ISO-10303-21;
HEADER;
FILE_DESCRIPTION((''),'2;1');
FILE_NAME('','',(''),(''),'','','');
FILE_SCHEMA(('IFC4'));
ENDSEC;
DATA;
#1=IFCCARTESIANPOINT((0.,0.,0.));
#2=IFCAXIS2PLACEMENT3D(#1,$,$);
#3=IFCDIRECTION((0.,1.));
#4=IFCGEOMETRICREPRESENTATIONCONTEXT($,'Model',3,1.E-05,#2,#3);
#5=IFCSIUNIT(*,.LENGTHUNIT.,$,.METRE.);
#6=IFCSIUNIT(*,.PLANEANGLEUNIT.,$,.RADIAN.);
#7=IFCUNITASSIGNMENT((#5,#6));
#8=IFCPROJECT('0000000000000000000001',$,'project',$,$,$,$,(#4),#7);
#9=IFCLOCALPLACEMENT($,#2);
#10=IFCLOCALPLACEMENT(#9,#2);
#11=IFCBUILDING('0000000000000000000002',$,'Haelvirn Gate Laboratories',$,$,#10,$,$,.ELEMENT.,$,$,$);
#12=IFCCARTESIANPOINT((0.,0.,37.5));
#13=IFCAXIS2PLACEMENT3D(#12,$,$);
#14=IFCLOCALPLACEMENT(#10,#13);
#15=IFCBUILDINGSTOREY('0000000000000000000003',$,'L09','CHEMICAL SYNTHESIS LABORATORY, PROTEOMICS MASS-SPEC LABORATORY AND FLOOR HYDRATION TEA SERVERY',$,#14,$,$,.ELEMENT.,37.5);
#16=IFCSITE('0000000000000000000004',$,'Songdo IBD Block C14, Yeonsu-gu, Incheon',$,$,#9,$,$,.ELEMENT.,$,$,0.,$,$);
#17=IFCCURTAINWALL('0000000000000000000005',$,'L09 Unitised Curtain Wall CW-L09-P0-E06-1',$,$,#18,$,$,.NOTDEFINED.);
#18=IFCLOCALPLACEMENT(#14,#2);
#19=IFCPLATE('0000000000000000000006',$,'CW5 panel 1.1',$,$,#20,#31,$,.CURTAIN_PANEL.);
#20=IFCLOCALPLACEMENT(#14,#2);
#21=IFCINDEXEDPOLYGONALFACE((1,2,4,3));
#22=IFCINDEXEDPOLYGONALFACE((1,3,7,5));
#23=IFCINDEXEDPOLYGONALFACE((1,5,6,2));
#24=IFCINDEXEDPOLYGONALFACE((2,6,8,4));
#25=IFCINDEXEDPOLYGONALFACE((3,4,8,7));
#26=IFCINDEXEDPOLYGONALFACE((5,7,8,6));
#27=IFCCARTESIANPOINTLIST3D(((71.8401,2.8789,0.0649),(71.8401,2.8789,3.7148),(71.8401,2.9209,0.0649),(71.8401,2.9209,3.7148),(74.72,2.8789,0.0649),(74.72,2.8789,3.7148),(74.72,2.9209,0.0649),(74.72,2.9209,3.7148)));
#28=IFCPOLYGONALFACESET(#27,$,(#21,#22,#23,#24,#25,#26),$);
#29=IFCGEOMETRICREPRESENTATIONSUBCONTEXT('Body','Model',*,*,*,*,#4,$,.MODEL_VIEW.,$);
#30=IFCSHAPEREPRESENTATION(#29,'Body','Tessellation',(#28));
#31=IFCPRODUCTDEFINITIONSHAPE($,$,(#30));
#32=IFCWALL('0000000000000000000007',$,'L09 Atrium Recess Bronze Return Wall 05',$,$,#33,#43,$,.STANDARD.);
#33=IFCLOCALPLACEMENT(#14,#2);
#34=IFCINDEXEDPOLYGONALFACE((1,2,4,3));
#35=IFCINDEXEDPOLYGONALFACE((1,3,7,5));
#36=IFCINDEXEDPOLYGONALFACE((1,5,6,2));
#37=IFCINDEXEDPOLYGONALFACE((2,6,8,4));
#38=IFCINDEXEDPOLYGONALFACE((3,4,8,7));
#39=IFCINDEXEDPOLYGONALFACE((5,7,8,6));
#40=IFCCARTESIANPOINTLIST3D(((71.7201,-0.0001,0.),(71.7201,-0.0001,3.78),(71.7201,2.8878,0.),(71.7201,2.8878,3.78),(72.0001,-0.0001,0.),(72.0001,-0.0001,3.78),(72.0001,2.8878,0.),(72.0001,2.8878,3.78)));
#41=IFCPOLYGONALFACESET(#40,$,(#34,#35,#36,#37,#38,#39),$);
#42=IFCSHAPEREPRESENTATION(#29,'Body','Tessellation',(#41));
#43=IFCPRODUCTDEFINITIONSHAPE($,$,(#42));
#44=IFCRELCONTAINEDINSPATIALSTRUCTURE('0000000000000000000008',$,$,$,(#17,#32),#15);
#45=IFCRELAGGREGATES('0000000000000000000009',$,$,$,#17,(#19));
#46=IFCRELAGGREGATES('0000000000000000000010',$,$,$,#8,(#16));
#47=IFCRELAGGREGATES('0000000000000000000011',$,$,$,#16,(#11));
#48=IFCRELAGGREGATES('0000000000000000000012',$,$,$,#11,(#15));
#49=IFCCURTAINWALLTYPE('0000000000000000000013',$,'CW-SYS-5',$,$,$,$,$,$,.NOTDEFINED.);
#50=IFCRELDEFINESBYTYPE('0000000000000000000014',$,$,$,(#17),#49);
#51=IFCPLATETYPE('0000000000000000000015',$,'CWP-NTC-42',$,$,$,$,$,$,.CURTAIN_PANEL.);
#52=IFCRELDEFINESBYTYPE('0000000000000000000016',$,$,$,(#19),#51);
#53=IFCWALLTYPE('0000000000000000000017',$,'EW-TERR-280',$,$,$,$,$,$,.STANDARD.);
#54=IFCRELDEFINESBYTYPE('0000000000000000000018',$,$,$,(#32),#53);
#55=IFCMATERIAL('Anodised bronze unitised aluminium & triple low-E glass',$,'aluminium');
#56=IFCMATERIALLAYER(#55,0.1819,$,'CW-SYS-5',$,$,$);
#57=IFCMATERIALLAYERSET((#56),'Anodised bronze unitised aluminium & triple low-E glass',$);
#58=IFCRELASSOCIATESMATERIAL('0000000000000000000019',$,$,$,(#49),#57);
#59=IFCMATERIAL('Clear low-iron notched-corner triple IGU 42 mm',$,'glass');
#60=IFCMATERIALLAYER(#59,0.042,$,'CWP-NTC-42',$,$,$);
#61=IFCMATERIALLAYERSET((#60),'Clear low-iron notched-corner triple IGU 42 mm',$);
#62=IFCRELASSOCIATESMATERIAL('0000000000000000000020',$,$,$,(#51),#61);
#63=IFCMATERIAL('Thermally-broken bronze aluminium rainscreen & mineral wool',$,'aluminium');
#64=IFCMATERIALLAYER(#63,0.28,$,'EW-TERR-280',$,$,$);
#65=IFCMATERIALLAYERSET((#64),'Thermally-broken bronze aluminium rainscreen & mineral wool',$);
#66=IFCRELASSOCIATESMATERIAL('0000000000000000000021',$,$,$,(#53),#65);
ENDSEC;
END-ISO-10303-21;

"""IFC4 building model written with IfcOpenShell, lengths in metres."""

from ifc_helpers import new_model, si_unit, direction, frame, frame_2d, origin, origin_2d, place, context, subcontext, project, spatial, rectangle, extrude, source, transform, mapped, material, layer, layer_set, type_object, type_shapes, element, aggregate, save


model = new_model("IFC4")

# Units and contexts
model_context = context("Model", 3, precision=1e-05, world=origin(), true_north=direction((0.0, 1.0)))
body_context = subcontext(model_context, "Body", "Model", "MODEL_VIEW")
ifc_project = project(units=[si_unit("LENGTHUNIT", "METRE"), si_unit("PLANEANGLEUNIT", "RADIAN")], contexts=[model_context])

# Site, building, storey
site_placement = place(None, origin())
site = spatial("IfcSite", under=ifc_project, at=site_placement, Name="Songdo IBD Block C14, Yeonsu-gu, Incheon", CompositionType="ELEMENT", RefElevation=0.0)
building_placement = place(site_placement, origin())
building = spatial("IfcBuilding", under=site, at=building_placement, Name="Haelvirn Gate Laboratories", CompositionType="ELEMENT")
storey_placement = place(building_placement, frame((0.0, 0.0, 37.5)))
storey = spatial("IfcBuildingStorey", under=building, at=storey_placement, Name="L09", Description="CHEMICAL SYNTHESIS LABORATORY, PROTEOMICS MASS-SPEC LABORATORY AND FLOOR HYDRATION TEA SERVERY", CompositionType="ELEMENT", Elevation=37.5)

# Shared definitions
ifc_material_1 = material(Name="Anodised bronze unitised aluminium & triple low-E glass", Category="aluminium")

# Curtain wall
ifc_layer_1 = layer(ifc_material_1, 0.1819, Name="CW-SYS-5")
ifc_layer_set_1 = layer_set([ifc_layer_1], Name="Anodised bronze unitised aluminium & triple low-E glass")
curtain_wall_type_1 = type_object("IfcCurtainWallType", Name="CW-SYS-5", PredefinedType="NOTDEFINED", material=ifc_layer_set_1)
curtain_wall_1_placement = place(storey_placement, origin())
curtain_wall_1 = element("IfcCurtainWall", 1, at=curtain_wall_1_placement, inside=storey, type_object=curtain_wall_type_1, Name="L09 Unitised Curtain Wall CW-L09-P0-E06-1", PredefinedType="NOTDEFINED")

# Plate
ifc_material_2 = material(Name="Clear low-iron notched-corner triple IGU 42 mm", Category="glass")
ifc_layer_2 = layer(ifc_material_2, 0.042, Name="CWP-NTC-42")
ifc_layer_set_2 = layer_set([ifc_layer_2], Name="Clear low-iron notched-corner triple IGU 42 mm")
plate_type_1 = type_object("IfcPlateType", Name="CWP-NTC-42", PredefinedType="CURTAIN_PANEL", material=ifc_layer_set_2)
shared_shape_1 = source(origin(), body_context, "Body", "SweptSolid", [
    extrude(rectangle(XDim=2.8799, YDim=0.042, at=origin_2d()), origin(), (0.0, 0.0, 1.0), 3.6499),
])
type_shapes(plate_type_1, [shared_shape_1])
plate_1_placement = place(storey_placement, frame((73.28, 2.8999, 0.0649), z_axis=(0.0, 0.0, 1.0), x_axis=(1.0, 0.0, 0.0)))
plate_1 = element("IfcPlate", 2, at=plate_1_placement, type_object=plate_type_1, Name="CW5 panel 1.1", PredefinedType="CURTAIN_PANEL", context=body_context, shape_type="MappedRepresentation", body=[
    mapped(shared_shape_1, transform((0.0, 0.0, 0.0), scale=1.0)),
])
aggregate(curtain_wall_1, [plate_1])

# Wall
ifc_material_3 = material(Name="Thermally-broken bronze aluminium rainscreen & mineral wool", Category="aluminium")
ifc_layer_3 = layer(ifc_material_3, 0.28, Name="EW-TERR-280")
ifc_layer_set_3 = layer_set([ifc_layer_3], Name="Thermally-broken bronze aluminium rainscreen & mineral wool")
wall_type = type_object("IfcWallType", Name="EW-TERR-280", PredefinedType="STANDARD", material=ifc_layer_set_3)
wall_placement = place(storey_placement, frame((71.8601, 0.0, 0.0), z_axis=(0.0, 0.0, 1.0), x_axis=(0.0, 1.0, 0.0)))
element("IfcWall", 3, at=wall_placement, inside=storey, type_object=wall_type, Name="L09 Atrium Recess Bronze Return Wall 05", PredefinedType="STANDARD", context=body_context, shape_type="SweptSolid", body=[
    extrude(rectangle(XDim=2.8879, YDim=0.28, at=frame_2d((1.4438, 0.0))), origin(), (0.0, 0.0, 1.0), 3.78),
])

save(model, "model.ifc")
